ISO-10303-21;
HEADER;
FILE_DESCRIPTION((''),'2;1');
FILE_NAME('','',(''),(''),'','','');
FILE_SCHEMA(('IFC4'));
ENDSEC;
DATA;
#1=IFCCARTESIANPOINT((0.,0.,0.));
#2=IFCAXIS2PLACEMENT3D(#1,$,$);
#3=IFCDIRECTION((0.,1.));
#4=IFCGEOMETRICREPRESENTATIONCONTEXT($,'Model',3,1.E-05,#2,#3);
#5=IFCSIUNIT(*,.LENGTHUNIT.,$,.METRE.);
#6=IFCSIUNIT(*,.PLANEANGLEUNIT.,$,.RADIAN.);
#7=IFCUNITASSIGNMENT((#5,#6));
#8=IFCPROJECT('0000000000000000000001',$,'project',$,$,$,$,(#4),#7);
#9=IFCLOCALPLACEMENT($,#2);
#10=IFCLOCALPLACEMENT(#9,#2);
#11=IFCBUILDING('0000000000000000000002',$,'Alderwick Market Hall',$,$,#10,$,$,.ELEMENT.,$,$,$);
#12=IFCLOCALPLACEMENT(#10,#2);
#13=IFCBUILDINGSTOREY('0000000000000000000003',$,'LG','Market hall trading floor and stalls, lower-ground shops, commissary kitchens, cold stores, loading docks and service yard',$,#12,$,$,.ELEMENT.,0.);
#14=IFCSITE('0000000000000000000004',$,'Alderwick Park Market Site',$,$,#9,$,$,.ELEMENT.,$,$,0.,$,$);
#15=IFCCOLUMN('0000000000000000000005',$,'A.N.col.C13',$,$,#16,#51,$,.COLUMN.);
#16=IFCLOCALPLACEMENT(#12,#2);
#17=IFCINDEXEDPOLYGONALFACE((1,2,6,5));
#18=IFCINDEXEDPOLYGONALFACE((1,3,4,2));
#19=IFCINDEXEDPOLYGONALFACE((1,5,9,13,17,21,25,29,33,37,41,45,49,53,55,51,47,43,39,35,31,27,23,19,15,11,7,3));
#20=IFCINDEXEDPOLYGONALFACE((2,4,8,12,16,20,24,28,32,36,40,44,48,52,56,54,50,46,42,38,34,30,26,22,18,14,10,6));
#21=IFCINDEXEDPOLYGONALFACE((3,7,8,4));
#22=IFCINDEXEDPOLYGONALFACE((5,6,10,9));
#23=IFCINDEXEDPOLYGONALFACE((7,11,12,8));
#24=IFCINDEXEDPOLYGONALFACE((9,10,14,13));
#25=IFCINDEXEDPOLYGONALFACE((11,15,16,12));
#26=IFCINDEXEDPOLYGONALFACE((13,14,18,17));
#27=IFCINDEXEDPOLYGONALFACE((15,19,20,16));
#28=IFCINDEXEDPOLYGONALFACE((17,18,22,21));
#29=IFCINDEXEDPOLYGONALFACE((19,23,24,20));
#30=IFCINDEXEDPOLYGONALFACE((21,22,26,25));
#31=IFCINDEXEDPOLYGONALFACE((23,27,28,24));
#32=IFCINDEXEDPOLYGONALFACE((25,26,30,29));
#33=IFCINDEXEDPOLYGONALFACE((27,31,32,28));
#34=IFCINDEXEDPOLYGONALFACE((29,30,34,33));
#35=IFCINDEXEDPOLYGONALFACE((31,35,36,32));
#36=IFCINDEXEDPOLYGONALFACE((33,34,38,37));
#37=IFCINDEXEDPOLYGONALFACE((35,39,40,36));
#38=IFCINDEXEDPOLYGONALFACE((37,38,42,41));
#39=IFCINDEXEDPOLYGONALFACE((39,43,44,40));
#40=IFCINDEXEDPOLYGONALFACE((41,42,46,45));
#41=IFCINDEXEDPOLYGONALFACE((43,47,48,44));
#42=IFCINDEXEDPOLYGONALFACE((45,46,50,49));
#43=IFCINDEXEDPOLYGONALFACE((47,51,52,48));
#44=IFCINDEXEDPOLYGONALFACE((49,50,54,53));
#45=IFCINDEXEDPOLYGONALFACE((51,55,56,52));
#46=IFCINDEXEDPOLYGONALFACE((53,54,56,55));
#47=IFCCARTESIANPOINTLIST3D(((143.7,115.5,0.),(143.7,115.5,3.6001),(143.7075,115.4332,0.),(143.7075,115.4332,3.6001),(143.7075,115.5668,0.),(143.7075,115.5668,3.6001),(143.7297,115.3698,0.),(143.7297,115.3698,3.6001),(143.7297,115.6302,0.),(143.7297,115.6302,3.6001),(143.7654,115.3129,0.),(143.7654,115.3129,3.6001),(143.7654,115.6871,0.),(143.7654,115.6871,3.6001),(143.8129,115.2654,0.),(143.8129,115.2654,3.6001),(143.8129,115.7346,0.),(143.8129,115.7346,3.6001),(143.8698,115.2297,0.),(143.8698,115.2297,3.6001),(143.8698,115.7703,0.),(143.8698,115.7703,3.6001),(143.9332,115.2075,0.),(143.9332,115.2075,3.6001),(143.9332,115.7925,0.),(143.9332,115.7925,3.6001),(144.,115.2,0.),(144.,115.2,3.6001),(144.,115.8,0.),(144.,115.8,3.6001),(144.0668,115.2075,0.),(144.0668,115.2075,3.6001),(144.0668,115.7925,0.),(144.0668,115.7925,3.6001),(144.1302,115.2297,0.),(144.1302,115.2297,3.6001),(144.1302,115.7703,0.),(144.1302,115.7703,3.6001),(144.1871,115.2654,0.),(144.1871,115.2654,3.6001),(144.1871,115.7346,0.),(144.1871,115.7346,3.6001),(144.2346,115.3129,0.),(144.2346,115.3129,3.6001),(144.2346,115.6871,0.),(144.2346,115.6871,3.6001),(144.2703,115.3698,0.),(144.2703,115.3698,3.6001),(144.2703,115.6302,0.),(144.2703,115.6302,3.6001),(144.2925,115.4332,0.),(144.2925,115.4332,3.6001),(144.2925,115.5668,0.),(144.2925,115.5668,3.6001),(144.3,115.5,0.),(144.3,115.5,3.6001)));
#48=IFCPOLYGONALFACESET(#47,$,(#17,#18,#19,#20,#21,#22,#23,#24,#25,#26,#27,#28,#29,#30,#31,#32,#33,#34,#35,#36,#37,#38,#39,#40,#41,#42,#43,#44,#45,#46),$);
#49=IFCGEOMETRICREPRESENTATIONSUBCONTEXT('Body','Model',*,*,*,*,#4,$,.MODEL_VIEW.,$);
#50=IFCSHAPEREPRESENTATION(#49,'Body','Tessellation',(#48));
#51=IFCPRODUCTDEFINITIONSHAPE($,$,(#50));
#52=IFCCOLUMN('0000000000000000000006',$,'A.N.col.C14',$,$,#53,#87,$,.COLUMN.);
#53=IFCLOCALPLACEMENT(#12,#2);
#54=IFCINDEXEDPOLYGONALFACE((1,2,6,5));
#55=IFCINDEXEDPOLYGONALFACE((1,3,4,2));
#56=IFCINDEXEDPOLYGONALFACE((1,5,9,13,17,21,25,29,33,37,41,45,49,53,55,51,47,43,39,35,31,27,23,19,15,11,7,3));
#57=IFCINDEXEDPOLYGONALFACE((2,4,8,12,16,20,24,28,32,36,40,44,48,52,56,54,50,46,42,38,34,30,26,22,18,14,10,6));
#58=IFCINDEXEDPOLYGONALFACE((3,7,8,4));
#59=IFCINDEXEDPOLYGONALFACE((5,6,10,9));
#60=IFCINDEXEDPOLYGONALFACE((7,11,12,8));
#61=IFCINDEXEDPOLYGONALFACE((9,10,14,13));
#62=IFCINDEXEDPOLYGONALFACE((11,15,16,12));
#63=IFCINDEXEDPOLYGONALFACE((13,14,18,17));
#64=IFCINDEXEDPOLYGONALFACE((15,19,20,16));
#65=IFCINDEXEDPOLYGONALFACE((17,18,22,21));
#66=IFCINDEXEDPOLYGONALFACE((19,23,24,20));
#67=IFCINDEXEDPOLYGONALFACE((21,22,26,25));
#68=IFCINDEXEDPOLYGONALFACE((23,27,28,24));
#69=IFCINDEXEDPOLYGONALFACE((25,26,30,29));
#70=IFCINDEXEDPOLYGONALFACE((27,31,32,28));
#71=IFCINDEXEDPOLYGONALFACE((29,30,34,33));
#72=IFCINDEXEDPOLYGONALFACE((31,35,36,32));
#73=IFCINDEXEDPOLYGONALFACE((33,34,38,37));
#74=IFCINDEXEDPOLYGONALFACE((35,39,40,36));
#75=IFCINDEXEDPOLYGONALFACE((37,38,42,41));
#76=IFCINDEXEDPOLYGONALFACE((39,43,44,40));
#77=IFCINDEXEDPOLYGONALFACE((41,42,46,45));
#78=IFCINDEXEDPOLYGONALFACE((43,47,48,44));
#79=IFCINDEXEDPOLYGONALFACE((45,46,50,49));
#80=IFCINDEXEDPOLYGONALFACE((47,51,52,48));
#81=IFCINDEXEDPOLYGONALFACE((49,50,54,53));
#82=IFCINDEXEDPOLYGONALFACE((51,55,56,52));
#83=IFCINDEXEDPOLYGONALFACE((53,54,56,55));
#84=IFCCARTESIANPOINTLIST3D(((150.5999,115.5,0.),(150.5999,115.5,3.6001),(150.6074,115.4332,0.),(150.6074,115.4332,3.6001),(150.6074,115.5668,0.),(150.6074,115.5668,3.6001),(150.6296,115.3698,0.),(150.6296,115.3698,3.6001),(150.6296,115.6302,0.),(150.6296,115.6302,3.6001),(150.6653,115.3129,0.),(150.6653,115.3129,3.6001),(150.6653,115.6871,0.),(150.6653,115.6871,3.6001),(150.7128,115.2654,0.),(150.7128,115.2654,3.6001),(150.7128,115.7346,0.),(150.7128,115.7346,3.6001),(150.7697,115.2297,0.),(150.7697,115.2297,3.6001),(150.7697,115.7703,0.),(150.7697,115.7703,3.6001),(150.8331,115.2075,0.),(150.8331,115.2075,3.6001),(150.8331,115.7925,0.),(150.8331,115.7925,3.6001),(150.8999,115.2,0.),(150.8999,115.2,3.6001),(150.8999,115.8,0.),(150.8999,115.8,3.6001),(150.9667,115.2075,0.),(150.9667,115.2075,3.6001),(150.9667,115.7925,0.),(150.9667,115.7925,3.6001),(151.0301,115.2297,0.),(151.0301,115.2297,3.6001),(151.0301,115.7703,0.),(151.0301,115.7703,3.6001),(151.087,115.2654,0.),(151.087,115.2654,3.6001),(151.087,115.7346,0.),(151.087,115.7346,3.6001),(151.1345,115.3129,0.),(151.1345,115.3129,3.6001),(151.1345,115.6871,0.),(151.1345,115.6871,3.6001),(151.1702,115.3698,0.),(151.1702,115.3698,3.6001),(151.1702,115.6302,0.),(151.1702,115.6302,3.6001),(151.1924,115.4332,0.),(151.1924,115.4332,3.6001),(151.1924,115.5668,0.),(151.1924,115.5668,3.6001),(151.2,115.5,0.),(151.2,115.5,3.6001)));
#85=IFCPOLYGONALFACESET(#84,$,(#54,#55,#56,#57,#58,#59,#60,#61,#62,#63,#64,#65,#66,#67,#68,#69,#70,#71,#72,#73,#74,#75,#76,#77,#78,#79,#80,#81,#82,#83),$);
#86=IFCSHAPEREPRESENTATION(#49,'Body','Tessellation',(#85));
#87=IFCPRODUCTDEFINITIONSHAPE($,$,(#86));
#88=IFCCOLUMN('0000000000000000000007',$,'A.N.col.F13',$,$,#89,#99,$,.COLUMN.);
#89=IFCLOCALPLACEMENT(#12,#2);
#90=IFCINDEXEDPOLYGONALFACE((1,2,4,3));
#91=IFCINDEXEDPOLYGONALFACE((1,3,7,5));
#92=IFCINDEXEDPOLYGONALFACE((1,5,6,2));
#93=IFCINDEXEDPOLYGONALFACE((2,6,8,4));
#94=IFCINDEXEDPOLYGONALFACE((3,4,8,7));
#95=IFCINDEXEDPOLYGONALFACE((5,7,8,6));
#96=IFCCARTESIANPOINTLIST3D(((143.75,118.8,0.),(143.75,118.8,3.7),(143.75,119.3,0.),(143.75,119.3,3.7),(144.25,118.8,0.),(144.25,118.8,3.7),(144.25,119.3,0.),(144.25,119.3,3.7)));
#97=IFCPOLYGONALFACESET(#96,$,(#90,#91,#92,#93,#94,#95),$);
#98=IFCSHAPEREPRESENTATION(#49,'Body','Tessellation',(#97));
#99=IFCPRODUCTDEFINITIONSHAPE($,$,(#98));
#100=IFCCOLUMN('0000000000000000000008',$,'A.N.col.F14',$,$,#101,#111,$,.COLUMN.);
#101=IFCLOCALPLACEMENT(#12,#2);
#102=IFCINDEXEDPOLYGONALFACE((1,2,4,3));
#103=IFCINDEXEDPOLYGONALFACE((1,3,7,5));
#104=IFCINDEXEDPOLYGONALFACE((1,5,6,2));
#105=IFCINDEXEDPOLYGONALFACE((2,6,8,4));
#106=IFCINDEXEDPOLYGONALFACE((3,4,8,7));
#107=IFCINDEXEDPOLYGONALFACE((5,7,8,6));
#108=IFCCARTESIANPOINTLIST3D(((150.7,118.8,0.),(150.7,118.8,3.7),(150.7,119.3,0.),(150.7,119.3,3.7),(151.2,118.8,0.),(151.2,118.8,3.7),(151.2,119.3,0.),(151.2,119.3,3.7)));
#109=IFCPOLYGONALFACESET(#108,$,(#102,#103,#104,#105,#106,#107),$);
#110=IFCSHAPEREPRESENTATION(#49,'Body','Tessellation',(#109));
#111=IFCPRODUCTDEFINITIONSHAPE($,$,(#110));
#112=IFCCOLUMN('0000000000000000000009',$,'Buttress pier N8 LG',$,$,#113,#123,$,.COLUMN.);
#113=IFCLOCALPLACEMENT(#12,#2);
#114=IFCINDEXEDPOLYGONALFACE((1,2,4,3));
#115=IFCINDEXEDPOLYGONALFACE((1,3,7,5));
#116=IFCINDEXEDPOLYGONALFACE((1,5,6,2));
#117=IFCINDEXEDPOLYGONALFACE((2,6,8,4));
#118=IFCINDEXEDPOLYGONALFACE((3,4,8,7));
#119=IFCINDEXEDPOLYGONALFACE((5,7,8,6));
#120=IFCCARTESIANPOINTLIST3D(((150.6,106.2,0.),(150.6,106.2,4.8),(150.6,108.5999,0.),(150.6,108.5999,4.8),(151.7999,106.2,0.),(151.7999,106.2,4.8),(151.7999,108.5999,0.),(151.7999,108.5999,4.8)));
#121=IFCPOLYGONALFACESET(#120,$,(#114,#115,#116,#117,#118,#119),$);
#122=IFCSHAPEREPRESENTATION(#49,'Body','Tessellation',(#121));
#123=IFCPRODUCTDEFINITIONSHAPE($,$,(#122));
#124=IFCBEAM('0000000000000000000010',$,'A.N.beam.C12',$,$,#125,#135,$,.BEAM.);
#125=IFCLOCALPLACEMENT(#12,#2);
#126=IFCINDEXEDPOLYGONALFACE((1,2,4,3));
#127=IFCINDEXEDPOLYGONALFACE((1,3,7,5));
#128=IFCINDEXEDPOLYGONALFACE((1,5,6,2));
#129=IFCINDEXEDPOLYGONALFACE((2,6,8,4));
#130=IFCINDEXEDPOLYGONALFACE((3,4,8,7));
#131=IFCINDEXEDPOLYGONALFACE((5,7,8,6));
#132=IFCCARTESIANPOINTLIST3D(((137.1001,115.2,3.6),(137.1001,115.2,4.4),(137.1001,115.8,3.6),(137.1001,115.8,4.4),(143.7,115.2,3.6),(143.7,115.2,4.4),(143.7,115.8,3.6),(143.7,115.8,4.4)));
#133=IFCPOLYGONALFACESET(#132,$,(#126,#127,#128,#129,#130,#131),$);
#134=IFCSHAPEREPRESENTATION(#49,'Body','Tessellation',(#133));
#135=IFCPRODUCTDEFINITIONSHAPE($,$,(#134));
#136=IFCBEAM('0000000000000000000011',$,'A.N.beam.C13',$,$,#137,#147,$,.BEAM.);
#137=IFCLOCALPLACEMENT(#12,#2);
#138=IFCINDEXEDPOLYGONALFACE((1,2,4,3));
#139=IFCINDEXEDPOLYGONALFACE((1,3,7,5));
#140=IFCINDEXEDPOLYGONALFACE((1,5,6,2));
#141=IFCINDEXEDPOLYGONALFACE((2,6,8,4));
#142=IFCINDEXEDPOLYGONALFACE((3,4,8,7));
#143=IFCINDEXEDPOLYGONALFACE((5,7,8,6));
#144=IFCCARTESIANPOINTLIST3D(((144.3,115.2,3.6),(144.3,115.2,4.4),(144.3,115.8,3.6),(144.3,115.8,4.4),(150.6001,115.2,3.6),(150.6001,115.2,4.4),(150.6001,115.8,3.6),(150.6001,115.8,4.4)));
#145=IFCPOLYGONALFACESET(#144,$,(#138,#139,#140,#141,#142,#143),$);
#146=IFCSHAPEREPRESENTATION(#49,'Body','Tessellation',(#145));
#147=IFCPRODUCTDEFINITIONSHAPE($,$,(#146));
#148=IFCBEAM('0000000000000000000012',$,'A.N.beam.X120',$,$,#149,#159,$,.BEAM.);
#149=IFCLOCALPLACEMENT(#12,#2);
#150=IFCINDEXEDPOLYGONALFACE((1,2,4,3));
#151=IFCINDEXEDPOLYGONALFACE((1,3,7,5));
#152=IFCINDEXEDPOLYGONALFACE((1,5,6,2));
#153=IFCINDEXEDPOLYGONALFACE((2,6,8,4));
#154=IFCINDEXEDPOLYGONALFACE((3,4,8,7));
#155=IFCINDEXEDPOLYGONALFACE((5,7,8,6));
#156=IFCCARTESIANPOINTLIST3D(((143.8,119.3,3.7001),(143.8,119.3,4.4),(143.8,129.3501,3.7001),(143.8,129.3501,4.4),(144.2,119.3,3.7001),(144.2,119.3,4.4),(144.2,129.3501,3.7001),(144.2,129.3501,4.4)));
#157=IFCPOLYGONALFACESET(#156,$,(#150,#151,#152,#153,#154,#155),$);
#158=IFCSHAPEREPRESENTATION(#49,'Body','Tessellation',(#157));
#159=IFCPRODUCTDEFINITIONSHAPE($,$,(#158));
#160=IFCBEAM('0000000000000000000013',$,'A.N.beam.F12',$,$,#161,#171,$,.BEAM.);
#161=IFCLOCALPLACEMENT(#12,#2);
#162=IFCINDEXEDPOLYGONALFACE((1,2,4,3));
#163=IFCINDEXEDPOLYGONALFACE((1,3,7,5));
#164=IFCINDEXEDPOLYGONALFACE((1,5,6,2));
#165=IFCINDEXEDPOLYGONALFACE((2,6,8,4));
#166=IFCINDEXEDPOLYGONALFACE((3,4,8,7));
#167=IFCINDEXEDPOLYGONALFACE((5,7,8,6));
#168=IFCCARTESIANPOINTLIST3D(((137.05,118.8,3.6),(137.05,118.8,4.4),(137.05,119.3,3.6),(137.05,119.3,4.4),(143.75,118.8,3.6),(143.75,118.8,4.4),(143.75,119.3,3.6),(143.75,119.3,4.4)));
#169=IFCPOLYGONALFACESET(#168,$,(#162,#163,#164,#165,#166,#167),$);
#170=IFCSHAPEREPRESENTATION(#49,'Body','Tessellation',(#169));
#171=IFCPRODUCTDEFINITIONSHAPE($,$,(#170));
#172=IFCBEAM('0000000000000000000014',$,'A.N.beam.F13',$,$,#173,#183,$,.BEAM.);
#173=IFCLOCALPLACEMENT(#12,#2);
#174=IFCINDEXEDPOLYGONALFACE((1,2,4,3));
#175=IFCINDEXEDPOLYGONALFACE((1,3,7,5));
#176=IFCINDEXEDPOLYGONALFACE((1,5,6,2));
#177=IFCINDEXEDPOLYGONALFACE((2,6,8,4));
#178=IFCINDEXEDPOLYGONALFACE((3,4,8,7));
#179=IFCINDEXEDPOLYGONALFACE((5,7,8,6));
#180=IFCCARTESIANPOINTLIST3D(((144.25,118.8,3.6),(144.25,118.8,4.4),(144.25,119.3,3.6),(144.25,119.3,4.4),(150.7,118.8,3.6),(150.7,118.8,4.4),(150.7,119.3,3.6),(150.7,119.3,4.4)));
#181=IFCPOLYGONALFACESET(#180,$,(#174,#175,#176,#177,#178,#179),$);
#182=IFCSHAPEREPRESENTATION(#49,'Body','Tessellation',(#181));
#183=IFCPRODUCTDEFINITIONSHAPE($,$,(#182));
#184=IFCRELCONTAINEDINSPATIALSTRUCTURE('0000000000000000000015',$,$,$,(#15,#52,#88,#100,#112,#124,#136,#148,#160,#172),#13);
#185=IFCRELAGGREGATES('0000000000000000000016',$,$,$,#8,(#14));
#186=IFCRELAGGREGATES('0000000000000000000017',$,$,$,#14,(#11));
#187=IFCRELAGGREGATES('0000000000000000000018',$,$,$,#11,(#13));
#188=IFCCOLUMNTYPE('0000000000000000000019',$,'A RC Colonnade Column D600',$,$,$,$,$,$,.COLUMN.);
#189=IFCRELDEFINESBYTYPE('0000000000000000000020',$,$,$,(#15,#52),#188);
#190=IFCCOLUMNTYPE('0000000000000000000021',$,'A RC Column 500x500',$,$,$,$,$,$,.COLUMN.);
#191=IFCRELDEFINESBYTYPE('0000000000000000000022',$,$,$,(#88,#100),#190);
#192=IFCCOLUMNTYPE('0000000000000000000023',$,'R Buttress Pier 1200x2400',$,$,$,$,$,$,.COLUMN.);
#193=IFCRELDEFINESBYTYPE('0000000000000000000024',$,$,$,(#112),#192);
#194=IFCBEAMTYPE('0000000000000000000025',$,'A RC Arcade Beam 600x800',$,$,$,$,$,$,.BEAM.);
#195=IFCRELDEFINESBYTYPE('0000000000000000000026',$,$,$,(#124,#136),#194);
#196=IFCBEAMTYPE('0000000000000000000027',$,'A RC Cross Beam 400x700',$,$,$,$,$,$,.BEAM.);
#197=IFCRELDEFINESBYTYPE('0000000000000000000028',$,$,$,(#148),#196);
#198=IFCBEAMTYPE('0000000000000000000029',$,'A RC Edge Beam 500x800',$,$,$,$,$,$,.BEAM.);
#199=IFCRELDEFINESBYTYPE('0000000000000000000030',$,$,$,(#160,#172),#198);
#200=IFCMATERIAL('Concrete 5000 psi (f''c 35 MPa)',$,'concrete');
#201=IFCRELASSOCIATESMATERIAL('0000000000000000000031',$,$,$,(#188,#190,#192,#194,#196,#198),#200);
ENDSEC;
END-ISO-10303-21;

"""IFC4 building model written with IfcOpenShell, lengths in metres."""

from ifc_helpers import new_model, si_unit, direction, frame, origin, origin_2d, place, context, subcontext, project, spatial, rectangle, circle, extrude, material, material_profile, profile_set, type_object, element, save


model = new_model("IFC4")

# Units and contexts
model_context = context("Model", 3, precision=1e-05, world=origin(), true_north=direction((0.0, 1.0)))
body_context = subcontext(model_context, "Body", "Model", "MODEL_VIEW")
ifc_project = project(units=[si_unit("LENGTHUNIT", "METRE"), si_unit("PLANEANGLEUNIT", "RADIAN")], contexts=[model_context])

# Site, building, storey
site_placement = place(None, origin())
site = spatial("IfcSite", under=ifc_project, at=site_placement, Name="Alderwick Park Market Site", CompositionType="ELEMENT", RefElevation=0.0)
building_placement = place(site_placement, origin())
building = spatial("IfcBuilding", under=site, at=building_placement, Name="Alderwick Market Hall", CompositionType="ELEMENT")
storey_placement = place(building_placement, origin())
storey = spatial("IfcBuildingStorey", under=building, at=storey_placement, Name="LG", Description="Market hall trading floor and stalls, lower-ground shops, commissary kitchens, cold stores, loading docks and service yard", CompositionType="ELEMENT", Elevation=0.0)

# Columns
ifc_material_1 = material(Name="Concrete 5000 psi (f'c 35 MPa)", Category="concrete")
ifc_material_profile_1 = material_profile(ifc_material_1, circle(Radius=0.3, at=origin_2d()), Name="A RC Colonnade Column D600")
ifc_profile_set_1 = profile_set([ifc_material_profile_1], Name="Concrete 5000 psi (f'c 35 MPa)")
column_type_1 = type_object("IfcColumnType", Name="A RC Colonnade Column D600", PredefinedType="COLUMN", material=ifc_profile_set_1)
for number, where, z_axis, x_axis, name in (
    (1, (144.0, 115.5, 0.0), (0.0, 0.0, 1.0), (1.0, 0.0, 0.0), "A.N.col.C13"),
    (2, (150.8999, 115.5, 0.0), (0.0, 0.0, 1.0), (1.0, 0.0, 0.0), "A.N.col.C14"),
):
    element("IfcColumn", number, at=place(storey_placement, frame(where, z_axis=z_axis, x_axis=x_axis)), inside=storey, type_object=column_type_1, Name=name, PredefinedType="COLUMN", context=body_context, shape_type="SweptSolid", body=[
        extrude(circle(Radius=0.3, at=origin_2d()), origin(), (0.0, 0.0, 1.0), 3.6001),
    ])
ifc_material_profile_2 = material_profile(ifc_material_1, rectangle(XDim=0.5, YDim=0.5, at=origin_2d()), Name="A RC Column 500x500")
ifc_profile_set_2 = profile_set([ifc_material_profile_2], Name="Concrete 5000 psi (f'c 35 MPa)")
column_type_2 = type_object("IfcColumnType", Name="A RC Column 500x500", PredefinedType="COLUMN", material=ifc_profile_set_2)
for number, where, z_axis, x_axis, name in (
    (3, (144.0, 119.05, 0.0), (0.0, 0.0, 1.0), (1.0, 0.0, 0.0), "A.N.col.F13"),
    (4, (150.95, 119.05, 0.0), (0.0, 0.0, 1.0), (1.0, 0.0, 0.0), "A.N.col.F14"),
):
    element("IfcColumn", number, at=place(storey_placement, frame(where, z_axis=z_axis, x_axis=x_axis)), inside=storey, type_object=column_type_2, Name=name, PredefinedType="COLUMN", context=body_context, shape_type="SweptSolid", body=[
        extrude(rectangle(XDim=0.5, YDim=0.5, at=origin_2d()), origin(), (0.0, 0.0, 1.0), 3.7),
    ])
ifc_material_profile_3 = material_profile(ifc_material_1, rectangle(XDim=1.2, YDim=2.3999, at=origin_2d()), Name="RC 1200x2400")
ifc_profile_set_3 = profile_set([ifc_material_profile_3], Name="Concrete 5000 psi (f'c 35 MPa)")
column_type_3 = type_object("IfcColumnType", Name="R Buttress Pier 1200x2400", PredefinedType="COLUMN", material=ifc_profile_set_3)
column_placement = place(storey_placement, frame((151.2, 107.3999, 0.0), z_axis=(0.0, 0.0, 1.0), x_axis=(1.0, 0.0, 0.0)))
element("IfcColumn", 5, at=column_placement, inside=storey, type_object=column_type_3, Name="Buttress pier N8 LG", PredefinedType="COLUMN", context=body_context, shape_type="SweptSolid", body=[
    extrude(rectangle(XDim=1.2, YDim=2.3999, at=origin_2d()), origin(), (0.0, 0.0, 1.0), 4.8),
])

# Beams
ifc_material_profile_4 = material_profile(ifc_material_1, rectangle(XDim=0.6001, YDim=0.8, at=origin_2d()), Name="A RC Arcade Beam 600x800")
ifc_profile_set_4 = profile_set([ifc_material_profile_4], Name="Concrete 5000 psi (f'c 35 MPa)")
beam_type_1 = type_object("IfcBeamType", Name="A RC Arcade Beam 600x800", PredefinedType="BEAM", material=ifc_profile_set_4)
beam_1_placement = place(storey_placement, frame((137.1001, 115.5, 4.0), z_axis=(1.0, 0.0, 0.0), x_axis=(0.0, 1.0, 0.0)))
element("IfcBeam", 6, at=beam_1_placement, inside=storey, type_object=beam_type_1, Name="A.N.beam.C12", PredefinedType="BEAM", context=body_context, shape_type="SweptSolid", body=[
    extrude(rectangle(XDim=0.6001, YDim=0.8, at=origin_2d()), origin(), (0.0, 0.0, 1.0), 6.5999),
])
beam_2_placement = place(storey_placement, frame((144.3, 115.5, 4.0), z_axis=(1.0, 0.0, 0.0), x_axis=(0.0, 1.0, 0.0)))
element("IfcBeam", 7, at=beam_2_placement, inside=storey, type_object=beam_type_1, Name="A.N.beam.C13", PredefinedType="BEAM", context=body_context, shape_type="SweptSolid", body=[
    extrude(rectangle(XDim=0.6001, YDim=0.8, at=origin_2d()), origin(), (0.0, 0.0, 1.0), 6.3),
])
ifc_material_profile_5 = material_profile(ifc_material_1, rectangle(XDim=0.3999, YDim=0.7, at=origin_2d()), Name="A RC Cross Beam 400x700")
ifc_profile_set_5 = profile_set([ifc_material_profile_5], Name="Concrete 5000 psi (f'c 35 MPa)")
beam_type_2 = type_object("IfcBeamType", Name="A RC Cross Beam 400x700", PredefinedType="BEAM", material=ifc_profile_set_5)
beam_3_placement = place(storey_placement, frame((144.0, 119.3, 4.05), z_axis=(0.0, 1.0, 0.0), x_axis=(-1.0, 0.0, 0.0)))
element("IfcBeam", 8, at=beam_3_placement, inside=storey, type_object=beam_type_2, Name="A.N.beam.X120", PredefinedType="BEAM", context=body_context, shape_type="SweptSolid", body=[
    extrude(rectangle(XDim=0.3999, YDim=0.7, at=origin_2d()), origin(), (0.0, 0.0, 1.0), 10.05),
])
ifc_material_profile_6 = material_profile(ifc_material_1, rectangle(XDim=0.5, YDim=0.8, at=origin_2d()), Name="A RC Edge Beam 500x800")
ifc_profile_set_6 = profile_set([ifc_material_profile_6], Name="Concrete 5000 psi (f'c 35 MPa)")
beam_type_3 = type_object("IfcBeamType", Name="A RC Edge Beam 500x800", PredefinedType="BEAM", material=ifc_profile_set_6)
beam_4_placement = place(storey_placement, frame((137.05, 119.05, 4.0), z_axis=(1.0, 0.0, 0.0), x_axis=(0.0, 1.0, 0.0)))
element("IfcBeam", 9, at=beam_4_placement, inside=storey, type_object=beam_type_3, Name="A.N.beam.F12", PredefinedType="BEAM", context=body_context, shape_type="SweptSolid", body=[
    extrude(rectangle(XDim=0.5, YDim=0.8, at=origin_2d()), origin(), (0.0, 0.0, 1.0), 6.7),
])
beam_5_placement = place(storey_placement, frame((144.25, 119.05, 4.0), z_axis=(1.0, 0.0, 0.0), x_axis=(0.0, 1.0, 0.0)))
element("IfcBeam", 10, at=beam_5_placement, inside=storey, type_object=beam_type_3, Name="A.N.beam.F13", PredefinedType="BEAM", context=body_context, shape_type="SweptSolid", body=[
    extrude(rectangle(XDim=0.5, YDim=0.8, at=origin_2d()), origin(), (0.0, 0.0, 1.0), 6.45),
])

save(model, "model.ifc")
